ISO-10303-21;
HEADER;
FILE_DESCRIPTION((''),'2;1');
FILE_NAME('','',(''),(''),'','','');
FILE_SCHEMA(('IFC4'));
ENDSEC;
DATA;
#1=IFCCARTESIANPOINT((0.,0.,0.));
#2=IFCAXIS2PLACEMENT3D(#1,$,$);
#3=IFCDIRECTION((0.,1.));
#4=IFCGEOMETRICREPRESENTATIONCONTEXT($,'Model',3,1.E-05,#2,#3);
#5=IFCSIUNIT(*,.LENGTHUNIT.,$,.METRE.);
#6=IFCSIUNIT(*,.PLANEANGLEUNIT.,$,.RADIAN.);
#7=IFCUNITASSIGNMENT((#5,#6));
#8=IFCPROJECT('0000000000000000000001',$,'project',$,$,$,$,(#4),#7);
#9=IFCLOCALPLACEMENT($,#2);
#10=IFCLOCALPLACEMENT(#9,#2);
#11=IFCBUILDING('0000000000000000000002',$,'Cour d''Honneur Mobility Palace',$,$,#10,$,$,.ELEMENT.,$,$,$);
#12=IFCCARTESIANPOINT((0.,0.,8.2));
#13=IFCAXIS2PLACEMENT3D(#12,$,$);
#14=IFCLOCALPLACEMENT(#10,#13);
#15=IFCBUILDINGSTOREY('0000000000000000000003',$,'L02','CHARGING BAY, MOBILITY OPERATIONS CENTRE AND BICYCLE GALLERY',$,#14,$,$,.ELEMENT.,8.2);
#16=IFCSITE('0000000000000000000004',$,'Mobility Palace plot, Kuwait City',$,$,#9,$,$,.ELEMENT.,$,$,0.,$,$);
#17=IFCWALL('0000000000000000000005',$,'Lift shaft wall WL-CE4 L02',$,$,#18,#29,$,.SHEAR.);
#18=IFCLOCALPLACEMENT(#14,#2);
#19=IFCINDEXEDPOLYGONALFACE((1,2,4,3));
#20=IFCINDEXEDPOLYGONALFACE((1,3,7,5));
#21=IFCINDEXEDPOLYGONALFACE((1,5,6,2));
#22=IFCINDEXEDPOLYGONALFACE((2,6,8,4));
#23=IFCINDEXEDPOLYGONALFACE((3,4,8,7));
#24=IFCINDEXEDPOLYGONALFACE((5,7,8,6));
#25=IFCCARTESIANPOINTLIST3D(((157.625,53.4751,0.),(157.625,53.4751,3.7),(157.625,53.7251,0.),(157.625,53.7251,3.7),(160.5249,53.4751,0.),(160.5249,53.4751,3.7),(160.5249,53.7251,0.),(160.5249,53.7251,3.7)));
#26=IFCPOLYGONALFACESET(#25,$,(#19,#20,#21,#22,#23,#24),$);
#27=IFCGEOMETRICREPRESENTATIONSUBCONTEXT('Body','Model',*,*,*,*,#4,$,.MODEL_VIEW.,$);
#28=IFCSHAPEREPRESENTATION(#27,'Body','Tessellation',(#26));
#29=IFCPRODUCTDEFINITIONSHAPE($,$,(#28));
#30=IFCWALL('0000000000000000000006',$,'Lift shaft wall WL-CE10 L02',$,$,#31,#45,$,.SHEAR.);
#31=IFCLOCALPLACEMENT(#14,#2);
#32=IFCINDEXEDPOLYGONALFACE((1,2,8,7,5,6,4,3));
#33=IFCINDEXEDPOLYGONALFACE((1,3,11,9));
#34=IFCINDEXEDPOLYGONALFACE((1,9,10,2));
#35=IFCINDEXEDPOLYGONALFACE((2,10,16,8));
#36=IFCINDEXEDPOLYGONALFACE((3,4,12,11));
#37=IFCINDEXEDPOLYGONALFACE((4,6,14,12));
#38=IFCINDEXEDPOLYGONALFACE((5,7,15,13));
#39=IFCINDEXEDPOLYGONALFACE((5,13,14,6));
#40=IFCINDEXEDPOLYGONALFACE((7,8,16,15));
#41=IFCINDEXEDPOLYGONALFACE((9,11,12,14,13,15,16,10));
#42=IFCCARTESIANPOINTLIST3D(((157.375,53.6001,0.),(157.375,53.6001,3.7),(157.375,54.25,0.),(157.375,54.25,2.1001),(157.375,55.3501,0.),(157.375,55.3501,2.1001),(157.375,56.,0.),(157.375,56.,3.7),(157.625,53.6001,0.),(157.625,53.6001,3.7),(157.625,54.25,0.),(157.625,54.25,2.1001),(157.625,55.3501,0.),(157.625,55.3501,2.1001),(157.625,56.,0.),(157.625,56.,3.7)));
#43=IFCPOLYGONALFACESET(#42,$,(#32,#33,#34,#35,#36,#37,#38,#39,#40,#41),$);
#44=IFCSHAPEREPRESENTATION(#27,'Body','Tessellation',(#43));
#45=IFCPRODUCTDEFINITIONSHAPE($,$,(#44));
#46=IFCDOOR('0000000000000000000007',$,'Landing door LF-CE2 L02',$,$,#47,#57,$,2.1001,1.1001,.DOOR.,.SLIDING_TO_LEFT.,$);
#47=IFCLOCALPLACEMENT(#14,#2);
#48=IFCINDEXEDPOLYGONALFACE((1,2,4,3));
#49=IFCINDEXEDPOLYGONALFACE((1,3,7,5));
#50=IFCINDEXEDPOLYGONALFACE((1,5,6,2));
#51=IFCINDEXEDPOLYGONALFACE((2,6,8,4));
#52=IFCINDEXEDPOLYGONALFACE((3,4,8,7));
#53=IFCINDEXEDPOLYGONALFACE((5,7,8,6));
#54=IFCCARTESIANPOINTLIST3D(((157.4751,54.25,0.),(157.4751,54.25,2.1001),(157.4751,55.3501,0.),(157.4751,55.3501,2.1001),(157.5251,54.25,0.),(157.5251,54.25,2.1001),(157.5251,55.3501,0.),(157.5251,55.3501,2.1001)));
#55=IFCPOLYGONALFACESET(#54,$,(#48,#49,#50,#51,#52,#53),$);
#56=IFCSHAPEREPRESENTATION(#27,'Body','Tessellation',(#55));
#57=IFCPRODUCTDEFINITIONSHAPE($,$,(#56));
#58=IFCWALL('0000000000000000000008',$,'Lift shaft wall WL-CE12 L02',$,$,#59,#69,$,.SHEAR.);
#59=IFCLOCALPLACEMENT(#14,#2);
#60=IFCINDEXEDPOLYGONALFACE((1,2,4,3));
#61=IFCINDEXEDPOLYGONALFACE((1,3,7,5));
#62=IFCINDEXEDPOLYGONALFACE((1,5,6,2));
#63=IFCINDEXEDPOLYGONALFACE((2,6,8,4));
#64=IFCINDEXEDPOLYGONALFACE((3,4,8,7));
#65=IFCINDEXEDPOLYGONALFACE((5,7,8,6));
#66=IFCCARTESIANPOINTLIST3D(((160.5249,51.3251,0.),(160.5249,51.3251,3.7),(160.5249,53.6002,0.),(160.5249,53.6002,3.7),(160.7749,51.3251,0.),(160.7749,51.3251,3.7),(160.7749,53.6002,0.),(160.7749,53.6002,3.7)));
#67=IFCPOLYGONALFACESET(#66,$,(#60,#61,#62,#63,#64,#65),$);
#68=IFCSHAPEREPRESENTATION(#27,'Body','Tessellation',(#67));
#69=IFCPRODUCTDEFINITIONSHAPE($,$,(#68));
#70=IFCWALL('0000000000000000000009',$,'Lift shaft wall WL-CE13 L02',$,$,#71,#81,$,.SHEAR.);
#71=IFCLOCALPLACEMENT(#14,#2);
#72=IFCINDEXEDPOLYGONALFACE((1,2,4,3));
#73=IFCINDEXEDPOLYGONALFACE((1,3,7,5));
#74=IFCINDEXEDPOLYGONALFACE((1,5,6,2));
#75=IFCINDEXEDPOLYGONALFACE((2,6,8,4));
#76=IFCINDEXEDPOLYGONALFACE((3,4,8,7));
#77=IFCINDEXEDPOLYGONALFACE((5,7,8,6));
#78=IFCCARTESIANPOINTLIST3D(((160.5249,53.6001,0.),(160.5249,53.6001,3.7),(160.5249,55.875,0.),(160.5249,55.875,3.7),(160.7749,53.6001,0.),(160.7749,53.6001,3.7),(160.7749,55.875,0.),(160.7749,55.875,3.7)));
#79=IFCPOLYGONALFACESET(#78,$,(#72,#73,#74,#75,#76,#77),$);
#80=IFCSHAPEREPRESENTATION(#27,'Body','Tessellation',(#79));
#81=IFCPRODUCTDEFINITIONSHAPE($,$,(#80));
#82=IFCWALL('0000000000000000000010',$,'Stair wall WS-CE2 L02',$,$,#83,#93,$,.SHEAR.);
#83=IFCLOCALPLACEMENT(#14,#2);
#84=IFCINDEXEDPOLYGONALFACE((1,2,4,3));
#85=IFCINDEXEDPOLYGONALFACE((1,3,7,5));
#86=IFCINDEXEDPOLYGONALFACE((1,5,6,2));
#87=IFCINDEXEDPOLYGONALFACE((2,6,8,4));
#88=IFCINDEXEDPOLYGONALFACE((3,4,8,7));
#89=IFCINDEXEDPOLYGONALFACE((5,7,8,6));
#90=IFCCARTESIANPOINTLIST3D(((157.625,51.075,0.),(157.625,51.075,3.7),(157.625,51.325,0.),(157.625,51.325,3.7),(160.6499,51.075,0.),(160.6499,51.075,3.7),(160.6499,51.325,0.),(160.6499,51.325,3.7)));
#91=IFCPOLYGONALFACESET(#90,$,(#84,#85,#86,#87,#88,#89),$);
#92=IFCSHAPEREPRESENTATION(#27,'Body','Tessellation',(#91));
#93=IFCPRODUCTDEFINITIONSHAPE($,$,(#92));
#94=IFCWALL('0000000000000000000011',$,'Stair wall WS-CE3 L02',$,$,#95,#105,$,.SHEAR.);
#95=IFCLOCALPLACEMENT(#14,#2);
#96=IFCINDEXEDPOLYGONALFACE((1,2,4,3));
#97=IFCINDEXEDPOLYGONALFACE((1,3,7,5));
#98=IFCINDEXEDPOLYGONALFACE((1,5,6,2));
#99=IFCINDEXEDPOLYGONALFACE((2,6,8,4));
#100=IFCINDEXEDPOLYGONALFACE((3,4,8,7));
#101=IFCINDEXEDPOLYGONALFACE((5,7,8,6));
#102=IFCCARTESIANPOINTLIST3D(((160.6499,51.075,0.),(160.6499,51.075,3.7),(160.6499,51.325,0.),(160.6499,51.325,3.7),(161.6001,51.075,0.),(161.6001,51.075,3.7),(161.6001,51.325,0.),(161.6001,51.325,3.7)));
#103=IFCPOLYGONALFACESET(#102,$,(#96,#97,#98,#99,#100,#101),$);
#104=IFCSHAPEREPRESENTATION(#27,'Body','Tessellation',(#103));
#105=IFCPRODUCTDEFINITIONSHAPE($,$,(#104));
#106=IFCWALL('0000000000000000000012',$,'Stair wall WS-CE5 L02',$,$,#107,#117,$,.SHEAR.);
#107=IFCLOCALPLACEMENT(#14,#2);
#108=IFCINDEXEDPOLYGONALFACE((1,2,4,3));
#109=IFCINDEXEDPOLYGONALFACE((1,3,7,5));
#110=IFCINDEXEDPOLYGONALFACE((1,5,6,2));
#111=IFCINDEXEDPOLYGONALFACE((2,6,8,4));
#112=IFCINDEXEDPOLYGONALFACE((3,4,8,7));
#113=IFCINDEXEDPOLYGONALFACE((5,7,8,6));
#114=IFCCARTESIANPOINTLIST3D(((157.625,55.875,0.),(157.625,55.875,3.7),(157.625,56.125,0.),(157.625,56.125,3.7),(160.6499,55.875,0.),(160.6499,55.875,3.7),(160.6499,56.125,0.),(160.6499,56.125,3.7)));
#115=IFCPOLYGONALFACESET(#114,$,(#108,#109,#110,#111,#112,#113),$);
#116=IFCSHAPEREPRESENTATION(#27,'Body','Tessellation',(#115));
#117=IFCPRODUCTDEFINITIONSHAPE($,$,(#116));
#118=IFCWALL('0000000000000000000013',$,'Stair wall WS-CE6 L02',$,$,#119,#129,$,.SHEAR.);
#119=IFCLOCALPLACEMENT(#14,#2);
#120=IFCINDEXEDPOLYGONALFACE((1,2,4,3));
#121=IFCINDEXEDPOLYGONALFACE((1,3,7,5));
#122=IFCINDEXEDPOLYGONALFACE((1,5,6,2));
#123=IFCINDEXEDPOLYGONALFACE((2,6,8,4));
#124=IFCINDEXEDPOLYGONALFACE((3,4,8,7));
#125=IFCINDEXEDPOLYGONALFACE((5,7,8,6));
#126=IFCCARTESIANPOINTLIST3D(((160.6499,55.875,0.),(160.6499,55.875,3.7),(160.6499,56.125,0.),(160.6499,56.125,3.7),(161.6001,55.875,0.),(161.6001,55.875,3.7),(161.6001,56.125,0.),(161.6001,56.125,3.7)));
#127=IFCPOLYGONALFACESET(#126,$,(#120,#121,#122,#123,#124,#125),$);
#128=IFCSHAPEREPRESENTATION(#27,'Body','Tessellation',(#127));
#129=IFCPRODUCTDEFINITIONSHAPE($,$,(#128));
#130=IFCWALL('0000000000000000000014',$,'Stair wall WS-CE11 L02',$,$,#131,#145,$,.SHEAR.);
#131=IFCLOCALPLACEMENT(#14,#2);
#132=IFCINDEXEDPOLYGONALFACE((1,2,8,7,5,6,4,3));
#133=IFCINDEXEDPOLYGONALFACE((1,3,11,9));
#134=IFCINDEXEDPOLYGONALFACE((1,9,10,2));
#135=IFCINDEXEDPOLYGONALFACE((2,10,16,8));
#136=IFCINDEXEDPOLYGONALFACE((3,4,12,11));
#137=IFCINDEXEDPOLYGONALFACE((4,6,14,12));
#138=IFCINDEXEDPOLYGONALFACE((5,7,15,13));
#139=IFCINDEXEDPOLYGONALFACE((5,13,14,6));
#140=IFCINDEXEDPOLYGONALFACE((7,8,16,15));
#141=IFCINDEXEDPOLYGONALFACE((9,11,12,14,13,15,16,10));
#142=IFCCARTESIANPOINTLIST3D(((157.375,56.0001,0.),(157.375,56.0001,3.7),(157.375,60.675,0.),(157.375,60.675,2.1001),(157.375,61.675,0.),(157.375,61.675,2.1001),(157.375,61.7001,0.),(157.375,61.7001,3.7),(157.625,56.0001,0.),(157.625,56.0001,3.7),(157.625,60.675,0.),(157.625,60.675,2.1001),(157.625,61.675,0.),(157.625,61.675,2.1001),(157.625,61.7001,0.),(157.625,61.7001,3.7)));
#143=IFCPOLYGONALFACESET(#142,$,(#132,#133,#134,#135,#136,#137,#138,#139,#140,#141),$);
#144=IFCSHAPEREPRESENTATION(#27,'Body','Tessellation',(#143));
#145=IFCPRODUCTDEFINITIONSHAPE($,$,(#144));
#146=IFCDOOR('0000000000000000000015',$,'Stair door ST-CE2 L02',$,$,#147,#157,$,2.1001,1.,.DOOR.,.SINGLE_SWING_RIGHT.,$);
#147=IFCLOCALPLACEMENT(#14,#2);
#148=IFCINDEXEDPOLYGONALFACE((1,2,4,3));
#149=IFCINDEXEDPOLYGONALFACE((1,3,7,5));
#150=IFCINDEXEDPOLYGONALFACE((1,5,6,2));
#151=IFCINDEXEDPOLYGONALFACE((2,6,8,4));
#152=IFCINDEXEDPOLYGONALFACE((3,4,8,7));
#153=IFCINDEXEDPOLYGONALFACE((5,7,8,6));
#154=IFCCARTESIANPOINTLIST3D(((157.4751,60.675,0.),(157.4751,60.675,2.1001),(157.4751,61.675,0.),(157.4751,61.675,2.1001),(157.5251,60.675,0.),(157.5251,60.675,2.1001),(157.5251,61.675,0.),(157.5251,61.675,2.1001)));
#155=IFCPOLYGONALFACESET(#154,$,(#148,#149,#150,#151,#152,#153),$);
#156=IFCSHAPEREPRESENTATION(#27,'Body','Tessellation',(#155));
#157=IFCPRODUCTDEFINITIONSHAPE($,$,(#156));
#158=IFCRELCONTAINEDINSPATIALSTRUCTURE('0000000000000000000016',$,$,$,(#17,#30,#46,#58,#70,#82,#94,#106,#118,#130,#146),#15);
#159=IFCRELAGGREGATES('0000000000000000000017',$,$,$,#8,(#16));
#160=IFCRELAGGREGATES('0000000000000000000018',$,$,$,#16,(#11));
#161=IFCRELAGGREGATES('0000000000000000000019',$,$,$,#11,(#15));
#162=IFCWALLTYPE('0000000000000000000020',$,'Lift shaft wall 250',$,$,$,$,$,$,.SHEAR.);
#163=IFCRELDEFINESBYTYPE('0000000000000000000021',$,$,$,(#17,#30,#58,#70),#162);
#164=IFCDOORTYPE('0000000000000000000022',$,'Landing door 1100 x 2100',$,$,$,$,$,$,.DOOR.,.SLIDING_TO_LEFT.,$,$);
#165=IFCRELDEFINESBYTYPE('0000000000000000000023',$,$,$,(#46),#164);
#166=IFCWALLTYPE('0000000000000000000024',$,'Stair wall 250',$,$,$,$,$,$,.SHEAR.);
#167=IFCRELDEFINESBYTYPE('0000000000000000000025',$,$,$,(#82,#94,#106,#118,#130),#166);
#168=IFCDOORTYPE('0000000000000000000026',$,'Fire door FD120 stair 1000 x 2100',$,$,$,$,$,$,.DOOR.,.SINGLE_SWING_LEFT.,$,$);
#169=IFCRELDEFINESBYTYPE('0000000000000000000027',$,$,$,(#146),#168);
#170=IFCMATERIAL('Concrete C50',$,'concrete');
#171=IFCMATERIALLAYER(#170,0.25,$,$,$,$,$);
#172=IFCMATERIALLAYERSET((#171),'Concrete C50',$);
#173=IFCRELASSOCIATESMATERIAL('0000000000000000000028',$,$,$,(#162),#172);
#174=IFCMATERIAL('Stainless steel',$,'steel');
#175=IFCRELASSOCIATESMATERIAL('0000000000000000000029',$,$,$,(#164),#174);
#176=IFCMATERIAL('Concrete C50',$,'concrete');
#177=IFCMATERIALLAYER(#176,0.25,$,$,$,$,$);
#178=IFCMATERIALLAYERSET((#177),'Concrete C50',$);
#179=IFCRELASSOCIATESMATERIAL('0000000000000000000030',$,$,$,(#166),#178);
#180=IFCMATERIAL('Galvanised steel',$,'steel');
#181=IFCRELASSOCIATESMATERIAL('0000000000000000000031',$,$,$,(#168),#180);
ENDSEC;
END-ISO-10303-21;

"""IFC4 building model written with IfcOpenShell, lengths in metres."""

from ifc_helpers import new_model, si_unit, direction, frame, frame_2d, origin, place, context, subcontext, project, spatial, rectangle, extrude, material, layer, layer_set, type_object, element, fill, save


model = new_model("IFC4")

# Units and contexts
model_context = context("Model", 3, precision=1e-05, world=origin(), true_north=direction((0.0, 1.0)))
body_context = subcontext(model_context, "Body", "Model", "MODEL_VIEW")
ifc_project = project(units=[si_unit("LENGTHUNIT", "METRE"), si_unit("PLANEANGLEUNIT", "RADIAN")], contexts=[model_context])

# Site, building, storey
site_placement = place(None, origin())
site = spatial("IfcSite", under=ifc_project, at=site_placement, Name="Mobility Palace plot, Kuwait City", CompositionType="ELEMENT", RefElevation=0.0)
building_placement = place(site_placement, origin())
building = spatial("IfcBuilding", under=site, at=building_placement, Name="Cour d'Honneur Mobility Palace", CompositionType="ELEMENT")
storey_placement = place(building_placement, frame((0.0, 0.0, 8.2)))
storey = spatial("IfcBuildingStorey", under=building, at=storey_placement, Name="L02", Description="CHARGING BAY, MOBILITY OPERATIONS CENTRE AND BICYCLE GALLERY", CompositionType="ELEMENT", Elevation=8.2)

# Wall
ifc_material_1 = material(Name="Concrete C50", Category="concrete")
ifc_layer_1 = layer(ifc_material_1, 0.25)
ifc_layer_set_1 = layer_set([ifc_layer_1], Name="Concrete C50")
wall_type_1 = type_object("IfcWallType", Name="Lift shaft wall 250", PredefinedType="SHEAR", material=ifc_layer_set_1)
wall_1_placement = place(storey_placement, frame((157.625, 53.6001, 0.0), z_axis=(0.0, 0.0, 1.0), x_axis=(1.0, 0.0, 0.0)))
element("IfcWall", 1, at=wall_1_placement, inside=storey, type_object=wall_type_1, Name="Lift shaft wall WL-CE4 L02", PredefinedType="SHEAR", context=body_context, shape_type="SweptSolid", body=[
    extrude(rectangle(XDim=2.8999, YDim=0.25, at=frame_2d((1.45, 0.0))), origin(), (0.0, 0.0, 1.0), 3.7),
])

# Wall, opening, door
wall_2_placement = place(storey_placement, frame((157.5, 53.6001, 0.0), z_axis=(0.0, 0.0, 1.0), x_axis=(0.0, 1.0, 0.0)))
wall_2 = element("IfcWall", 2, at=wall_2_placement, inside=storey, type_object=wall_type_1, Name="Lift shaft wall WL-CE10 L02", PredefinedType="SHEAR", context=body_context, shape_type="SweptSolid", body=[
    extrude(rectangle(XDim=2.3999, YDim=0.25, at=frame_2d((1.2, 0.0))), origin(), (0.0, 0.0, 1.0), 3.7),
])
opening_1_placement = place(wall_2_placement, frame((0.6499, 0.0, 0.0)))
opening_1 = element("IfcOpeningElement", 3, at=opening_1_placement, cuts=wall_2, PredefinedType="OPENING", context=body_context, shape_type="SweptSolid", body=[
    extrude(rectangle(XDim=1.1001, YDim=2.1001, at=frame_2d((0.55, 1.05))), frame((0.0, 0.135, 0.0), z_axis=(0.0, -1.0, 0.0), x_axis=(1.0, 0.0, 0.0)), (0.0, 0.0, 1.0), 0.27),
])
ifc_material_2 = material(Name="Stainless steel", Category="steel")
door_type_1 = type_object("IfcDoorType", Name="Landing door 1100 x 2100", OperationType="SLIDING_TO_LEFT", PredefinedType="DOOR", material=ifc_material_2)
door_1_placement = place(opening_1_placement, origin())
door_1 = element("IfcDoor", 4, at=door_1_placement, inside=storey, type_object=door_type_1, Name="Landing door LF-CE2 L02", OperationType="SLIDING_TO_LEFT", OverallHeight=2.1001, OverallWidth=1.1001, PredefinedType="DOOR", context=body_context, shape_type="SweptSolid", body=[
    extrude(rectangle(XDim=1.1001, YDim=2.1001, at=frame_2d((0.55, 1.05))), frame((0.0, 0.0249, 0.0), z_axis=(0.0, -1.0, 0.0), x_axis=(1.0, 0.0, 0.0)), (0.0, 0.0, 1.0), 0.05),
])
fill(opening_1, door_1)

# Walls
wall_3_placement = place(storey_placement, frame((160.6499, 51.325, 0.0), z_axis=(0.0, 0.0, 1.0), x_axis=(0.0, 1.0, 0.0)))
element("IfcWall", 5, at=wall_3_placement, inside=storey, type_object=wall_type_1, Name="Lift shaft wall WL-CE12 L02", PredefinedType="SHEAR", context=body_context, shape_type="SweptSolid", body=[
    extrude(rectangle(XDim=2.2751, YDim=0.25, at=frame_2d((1.1377, 0.0))), origin(), (0.0, 0.0, 1.0), 3.7),
])
wall_4_placement = place(storey_placement, frame((160.6499, 53.6001, 0.0), z_axis=(0.0, 0.0, 1.0), x_axis=(0.0, 1.0, 0.0)))
element("IfcWall", 6, at=wall_4_placement, inside=storey, type_object=wall_type_1, Name="Lift shaft wall WL-CE13 L02", PredefinedType="SHEAR", context=body_context, shape_type="SweptSolid", body=[
    extrude(rectangle(XDim=2.2749, YDim=0.25, at=frame_2d((1.1375, 0.0))), origin(), (0.0, 0.0, 1.0), 3.7),
])
ifc_material_3 = material(Name="Concrete C50", Category="concrete")
ifc_layer_2 = layer(ifc_material_3, 0.25)
ifc_layer_set_2 = layer_set([ifc_layer_2], Name="Concrete C50")
wall_type_2 = type_object("IfcWallType", Name="Stair wall 250", PredefinedType="SHEAR", material=ifc_layer_set_2)
wall_5_placement = place(storey_placement, frame((157.625, 51.2, 0.0), z_axis=(0.0, 0.0, 1.0), x_axis=(1.0, 0.0, 0.0)))
element("IfcWall", 7, at=wall_5_placement, inside=storey, type_object=wall_type_2, Name="Stair wall WS-CE2 L02", PredefinedType="SHEAR", context=body_context, shape_type="SweptSolid", body=[
    extrude(rectangle(XDim=3.0249, YDim=0.25, at=frame_2d((1.5125, 0.0))), origin(), (0.0, 0.0, 1.0), 3.7),
])
wall_6_placement = place(storey_placement, frame((160.6499, 51.2, 0.0), z_axis=(0.0, 0.0, 1.0), x_axis=(1.0, 0.0, 0.0)))
element("IfcWall", 8, at=wall_6_placement, inside=storey, type_object=wall_type_2, Name="Stair wall WS-CE3 L02", PredefinedType="SHEAR", context=body_context, shape_type="SweptSolid", body=[
    extrude(rectangle(XDim=0.9502, YDim=0.25, at=frame_2d((0.4751, 0.0))), origin(), (0.0, 0.0, 1.0), 3.7),
])
wall_7_placement = place(storey_placement, frame((157.625, 56.0, 0.0), z_axis=(0.0, 0.0, 1.0), x_axis=(1.0, 0.0, 0.0)))
element("IfcWall", 9, at=wall_7_placement, inside=storey, type_object=wall_type_2, Name="Stair wall WS-CE5 L02", PredefinedType="SHEAR", context=body_context, shape_type="SweptSolid", body=[
    extrude(rectangle(XDim=3.0249, YDim=0.25, at=frame_2d((1.5125, 0.0))), origin(), (0.0, 0.0, 1.0), 3.7),
])
wall_8_placement = place(storey_placement, frame((160.6499, 56.0, 0.0), z_axis=(0.0, 0.0, 1.0), x_axis=(1.0, 0.0, 0.0)))
element("IfcWall", 10, at=wall_8_placement, inside=storey, type_object=wall_type_2, Name="Stair wall WS-CE6 L02", PredefinedType="SHEAR", context=body_context, shape_type="SweptSolid", body=[
    extrude(rectangle(XDim=0.9502, YDim=0.25, at=frame_2d((0.4751, 0.0))), origin(), (0.0, 0.0, 1.0), 3.7),
])

# Wall, opening, door
wall_9_placement = place(storey_placement, frame((157.5, 56.0, 0.0), z_axis=(0.0, 0.0, 1.0), x_axis=(0.0, 1.0, 0.0)))
wall_9 = element("IfcWall", 11, at=wall_9_placement, inside=storey, type_object=wall_type_2, Name="Stair wall WS-CE11 L02", PredefinedType="SHEAR", context=body_context, shape_type="SweptSolid", body=[
    extrude(rectangle(XDim=5.7, YDim=0.25, at=frame_2d((2.8501, 0.0))), origin(), (0.0, 0.0, 1.0), 3.7),
])
opening_2_placement = place(wall_9_placement, frame((4.675, 0.0, 0.0)))
opening_2 = element("IfcOpeningElement", 12, at=opening_2_placement, cuts=wall_9, PredefinedType="OPENING", context=body_context, shape_type="SweptSolid", body=[
    extrude(rectangle(XDim=1.0, YDim=2.1001, at=frame_2d((0.5, 1.05))), frame((0.0, 0.135, 0.0), z_axis=(0.0, -1.0, 0.0), x_axis=(1.0, 0.0, 0.0)), (0.0, 0.0, 1.0), 0.27),
])
ifc_material_4 = material(Name="Galvanised steel", Category="steel")
door_type_2 = type_object("IfcDoorType", Name="Fire door FD120 stair 1000 x 2100", OperationType="SINGLE_SWING_LEFT", PredefinedType="DOOR", material=ifc_material_4)
door_2_placement = place(opening_2_placement, origin())
door_2 = element("IfcDoor", 13, at=door_2_placement, inside=storey, type_object=door_type_2, Name="Stair door ST-CE2 L02", OperationType="SINGLE_SWING_RIGHT", OverallHeight=2.1001, OverallWidth=1.0, PredefinedType="DOOR", context=body_context, shape_type="SweptSolid", body=[
    extrude(rectangle(XDim=1.0, YDim=2.1001, at=frame_2d((0.5, 1.05))), frame((0.0, 0.0249, 0.0), z_axis=(0.0, -1.0, 0.0), x_axis=(1.0, 0.0, 0.0)), (0.0, 0.0, 1.0), 0.05),
])
fill(opening_2, door_2)

save(model, "model.ifc")
